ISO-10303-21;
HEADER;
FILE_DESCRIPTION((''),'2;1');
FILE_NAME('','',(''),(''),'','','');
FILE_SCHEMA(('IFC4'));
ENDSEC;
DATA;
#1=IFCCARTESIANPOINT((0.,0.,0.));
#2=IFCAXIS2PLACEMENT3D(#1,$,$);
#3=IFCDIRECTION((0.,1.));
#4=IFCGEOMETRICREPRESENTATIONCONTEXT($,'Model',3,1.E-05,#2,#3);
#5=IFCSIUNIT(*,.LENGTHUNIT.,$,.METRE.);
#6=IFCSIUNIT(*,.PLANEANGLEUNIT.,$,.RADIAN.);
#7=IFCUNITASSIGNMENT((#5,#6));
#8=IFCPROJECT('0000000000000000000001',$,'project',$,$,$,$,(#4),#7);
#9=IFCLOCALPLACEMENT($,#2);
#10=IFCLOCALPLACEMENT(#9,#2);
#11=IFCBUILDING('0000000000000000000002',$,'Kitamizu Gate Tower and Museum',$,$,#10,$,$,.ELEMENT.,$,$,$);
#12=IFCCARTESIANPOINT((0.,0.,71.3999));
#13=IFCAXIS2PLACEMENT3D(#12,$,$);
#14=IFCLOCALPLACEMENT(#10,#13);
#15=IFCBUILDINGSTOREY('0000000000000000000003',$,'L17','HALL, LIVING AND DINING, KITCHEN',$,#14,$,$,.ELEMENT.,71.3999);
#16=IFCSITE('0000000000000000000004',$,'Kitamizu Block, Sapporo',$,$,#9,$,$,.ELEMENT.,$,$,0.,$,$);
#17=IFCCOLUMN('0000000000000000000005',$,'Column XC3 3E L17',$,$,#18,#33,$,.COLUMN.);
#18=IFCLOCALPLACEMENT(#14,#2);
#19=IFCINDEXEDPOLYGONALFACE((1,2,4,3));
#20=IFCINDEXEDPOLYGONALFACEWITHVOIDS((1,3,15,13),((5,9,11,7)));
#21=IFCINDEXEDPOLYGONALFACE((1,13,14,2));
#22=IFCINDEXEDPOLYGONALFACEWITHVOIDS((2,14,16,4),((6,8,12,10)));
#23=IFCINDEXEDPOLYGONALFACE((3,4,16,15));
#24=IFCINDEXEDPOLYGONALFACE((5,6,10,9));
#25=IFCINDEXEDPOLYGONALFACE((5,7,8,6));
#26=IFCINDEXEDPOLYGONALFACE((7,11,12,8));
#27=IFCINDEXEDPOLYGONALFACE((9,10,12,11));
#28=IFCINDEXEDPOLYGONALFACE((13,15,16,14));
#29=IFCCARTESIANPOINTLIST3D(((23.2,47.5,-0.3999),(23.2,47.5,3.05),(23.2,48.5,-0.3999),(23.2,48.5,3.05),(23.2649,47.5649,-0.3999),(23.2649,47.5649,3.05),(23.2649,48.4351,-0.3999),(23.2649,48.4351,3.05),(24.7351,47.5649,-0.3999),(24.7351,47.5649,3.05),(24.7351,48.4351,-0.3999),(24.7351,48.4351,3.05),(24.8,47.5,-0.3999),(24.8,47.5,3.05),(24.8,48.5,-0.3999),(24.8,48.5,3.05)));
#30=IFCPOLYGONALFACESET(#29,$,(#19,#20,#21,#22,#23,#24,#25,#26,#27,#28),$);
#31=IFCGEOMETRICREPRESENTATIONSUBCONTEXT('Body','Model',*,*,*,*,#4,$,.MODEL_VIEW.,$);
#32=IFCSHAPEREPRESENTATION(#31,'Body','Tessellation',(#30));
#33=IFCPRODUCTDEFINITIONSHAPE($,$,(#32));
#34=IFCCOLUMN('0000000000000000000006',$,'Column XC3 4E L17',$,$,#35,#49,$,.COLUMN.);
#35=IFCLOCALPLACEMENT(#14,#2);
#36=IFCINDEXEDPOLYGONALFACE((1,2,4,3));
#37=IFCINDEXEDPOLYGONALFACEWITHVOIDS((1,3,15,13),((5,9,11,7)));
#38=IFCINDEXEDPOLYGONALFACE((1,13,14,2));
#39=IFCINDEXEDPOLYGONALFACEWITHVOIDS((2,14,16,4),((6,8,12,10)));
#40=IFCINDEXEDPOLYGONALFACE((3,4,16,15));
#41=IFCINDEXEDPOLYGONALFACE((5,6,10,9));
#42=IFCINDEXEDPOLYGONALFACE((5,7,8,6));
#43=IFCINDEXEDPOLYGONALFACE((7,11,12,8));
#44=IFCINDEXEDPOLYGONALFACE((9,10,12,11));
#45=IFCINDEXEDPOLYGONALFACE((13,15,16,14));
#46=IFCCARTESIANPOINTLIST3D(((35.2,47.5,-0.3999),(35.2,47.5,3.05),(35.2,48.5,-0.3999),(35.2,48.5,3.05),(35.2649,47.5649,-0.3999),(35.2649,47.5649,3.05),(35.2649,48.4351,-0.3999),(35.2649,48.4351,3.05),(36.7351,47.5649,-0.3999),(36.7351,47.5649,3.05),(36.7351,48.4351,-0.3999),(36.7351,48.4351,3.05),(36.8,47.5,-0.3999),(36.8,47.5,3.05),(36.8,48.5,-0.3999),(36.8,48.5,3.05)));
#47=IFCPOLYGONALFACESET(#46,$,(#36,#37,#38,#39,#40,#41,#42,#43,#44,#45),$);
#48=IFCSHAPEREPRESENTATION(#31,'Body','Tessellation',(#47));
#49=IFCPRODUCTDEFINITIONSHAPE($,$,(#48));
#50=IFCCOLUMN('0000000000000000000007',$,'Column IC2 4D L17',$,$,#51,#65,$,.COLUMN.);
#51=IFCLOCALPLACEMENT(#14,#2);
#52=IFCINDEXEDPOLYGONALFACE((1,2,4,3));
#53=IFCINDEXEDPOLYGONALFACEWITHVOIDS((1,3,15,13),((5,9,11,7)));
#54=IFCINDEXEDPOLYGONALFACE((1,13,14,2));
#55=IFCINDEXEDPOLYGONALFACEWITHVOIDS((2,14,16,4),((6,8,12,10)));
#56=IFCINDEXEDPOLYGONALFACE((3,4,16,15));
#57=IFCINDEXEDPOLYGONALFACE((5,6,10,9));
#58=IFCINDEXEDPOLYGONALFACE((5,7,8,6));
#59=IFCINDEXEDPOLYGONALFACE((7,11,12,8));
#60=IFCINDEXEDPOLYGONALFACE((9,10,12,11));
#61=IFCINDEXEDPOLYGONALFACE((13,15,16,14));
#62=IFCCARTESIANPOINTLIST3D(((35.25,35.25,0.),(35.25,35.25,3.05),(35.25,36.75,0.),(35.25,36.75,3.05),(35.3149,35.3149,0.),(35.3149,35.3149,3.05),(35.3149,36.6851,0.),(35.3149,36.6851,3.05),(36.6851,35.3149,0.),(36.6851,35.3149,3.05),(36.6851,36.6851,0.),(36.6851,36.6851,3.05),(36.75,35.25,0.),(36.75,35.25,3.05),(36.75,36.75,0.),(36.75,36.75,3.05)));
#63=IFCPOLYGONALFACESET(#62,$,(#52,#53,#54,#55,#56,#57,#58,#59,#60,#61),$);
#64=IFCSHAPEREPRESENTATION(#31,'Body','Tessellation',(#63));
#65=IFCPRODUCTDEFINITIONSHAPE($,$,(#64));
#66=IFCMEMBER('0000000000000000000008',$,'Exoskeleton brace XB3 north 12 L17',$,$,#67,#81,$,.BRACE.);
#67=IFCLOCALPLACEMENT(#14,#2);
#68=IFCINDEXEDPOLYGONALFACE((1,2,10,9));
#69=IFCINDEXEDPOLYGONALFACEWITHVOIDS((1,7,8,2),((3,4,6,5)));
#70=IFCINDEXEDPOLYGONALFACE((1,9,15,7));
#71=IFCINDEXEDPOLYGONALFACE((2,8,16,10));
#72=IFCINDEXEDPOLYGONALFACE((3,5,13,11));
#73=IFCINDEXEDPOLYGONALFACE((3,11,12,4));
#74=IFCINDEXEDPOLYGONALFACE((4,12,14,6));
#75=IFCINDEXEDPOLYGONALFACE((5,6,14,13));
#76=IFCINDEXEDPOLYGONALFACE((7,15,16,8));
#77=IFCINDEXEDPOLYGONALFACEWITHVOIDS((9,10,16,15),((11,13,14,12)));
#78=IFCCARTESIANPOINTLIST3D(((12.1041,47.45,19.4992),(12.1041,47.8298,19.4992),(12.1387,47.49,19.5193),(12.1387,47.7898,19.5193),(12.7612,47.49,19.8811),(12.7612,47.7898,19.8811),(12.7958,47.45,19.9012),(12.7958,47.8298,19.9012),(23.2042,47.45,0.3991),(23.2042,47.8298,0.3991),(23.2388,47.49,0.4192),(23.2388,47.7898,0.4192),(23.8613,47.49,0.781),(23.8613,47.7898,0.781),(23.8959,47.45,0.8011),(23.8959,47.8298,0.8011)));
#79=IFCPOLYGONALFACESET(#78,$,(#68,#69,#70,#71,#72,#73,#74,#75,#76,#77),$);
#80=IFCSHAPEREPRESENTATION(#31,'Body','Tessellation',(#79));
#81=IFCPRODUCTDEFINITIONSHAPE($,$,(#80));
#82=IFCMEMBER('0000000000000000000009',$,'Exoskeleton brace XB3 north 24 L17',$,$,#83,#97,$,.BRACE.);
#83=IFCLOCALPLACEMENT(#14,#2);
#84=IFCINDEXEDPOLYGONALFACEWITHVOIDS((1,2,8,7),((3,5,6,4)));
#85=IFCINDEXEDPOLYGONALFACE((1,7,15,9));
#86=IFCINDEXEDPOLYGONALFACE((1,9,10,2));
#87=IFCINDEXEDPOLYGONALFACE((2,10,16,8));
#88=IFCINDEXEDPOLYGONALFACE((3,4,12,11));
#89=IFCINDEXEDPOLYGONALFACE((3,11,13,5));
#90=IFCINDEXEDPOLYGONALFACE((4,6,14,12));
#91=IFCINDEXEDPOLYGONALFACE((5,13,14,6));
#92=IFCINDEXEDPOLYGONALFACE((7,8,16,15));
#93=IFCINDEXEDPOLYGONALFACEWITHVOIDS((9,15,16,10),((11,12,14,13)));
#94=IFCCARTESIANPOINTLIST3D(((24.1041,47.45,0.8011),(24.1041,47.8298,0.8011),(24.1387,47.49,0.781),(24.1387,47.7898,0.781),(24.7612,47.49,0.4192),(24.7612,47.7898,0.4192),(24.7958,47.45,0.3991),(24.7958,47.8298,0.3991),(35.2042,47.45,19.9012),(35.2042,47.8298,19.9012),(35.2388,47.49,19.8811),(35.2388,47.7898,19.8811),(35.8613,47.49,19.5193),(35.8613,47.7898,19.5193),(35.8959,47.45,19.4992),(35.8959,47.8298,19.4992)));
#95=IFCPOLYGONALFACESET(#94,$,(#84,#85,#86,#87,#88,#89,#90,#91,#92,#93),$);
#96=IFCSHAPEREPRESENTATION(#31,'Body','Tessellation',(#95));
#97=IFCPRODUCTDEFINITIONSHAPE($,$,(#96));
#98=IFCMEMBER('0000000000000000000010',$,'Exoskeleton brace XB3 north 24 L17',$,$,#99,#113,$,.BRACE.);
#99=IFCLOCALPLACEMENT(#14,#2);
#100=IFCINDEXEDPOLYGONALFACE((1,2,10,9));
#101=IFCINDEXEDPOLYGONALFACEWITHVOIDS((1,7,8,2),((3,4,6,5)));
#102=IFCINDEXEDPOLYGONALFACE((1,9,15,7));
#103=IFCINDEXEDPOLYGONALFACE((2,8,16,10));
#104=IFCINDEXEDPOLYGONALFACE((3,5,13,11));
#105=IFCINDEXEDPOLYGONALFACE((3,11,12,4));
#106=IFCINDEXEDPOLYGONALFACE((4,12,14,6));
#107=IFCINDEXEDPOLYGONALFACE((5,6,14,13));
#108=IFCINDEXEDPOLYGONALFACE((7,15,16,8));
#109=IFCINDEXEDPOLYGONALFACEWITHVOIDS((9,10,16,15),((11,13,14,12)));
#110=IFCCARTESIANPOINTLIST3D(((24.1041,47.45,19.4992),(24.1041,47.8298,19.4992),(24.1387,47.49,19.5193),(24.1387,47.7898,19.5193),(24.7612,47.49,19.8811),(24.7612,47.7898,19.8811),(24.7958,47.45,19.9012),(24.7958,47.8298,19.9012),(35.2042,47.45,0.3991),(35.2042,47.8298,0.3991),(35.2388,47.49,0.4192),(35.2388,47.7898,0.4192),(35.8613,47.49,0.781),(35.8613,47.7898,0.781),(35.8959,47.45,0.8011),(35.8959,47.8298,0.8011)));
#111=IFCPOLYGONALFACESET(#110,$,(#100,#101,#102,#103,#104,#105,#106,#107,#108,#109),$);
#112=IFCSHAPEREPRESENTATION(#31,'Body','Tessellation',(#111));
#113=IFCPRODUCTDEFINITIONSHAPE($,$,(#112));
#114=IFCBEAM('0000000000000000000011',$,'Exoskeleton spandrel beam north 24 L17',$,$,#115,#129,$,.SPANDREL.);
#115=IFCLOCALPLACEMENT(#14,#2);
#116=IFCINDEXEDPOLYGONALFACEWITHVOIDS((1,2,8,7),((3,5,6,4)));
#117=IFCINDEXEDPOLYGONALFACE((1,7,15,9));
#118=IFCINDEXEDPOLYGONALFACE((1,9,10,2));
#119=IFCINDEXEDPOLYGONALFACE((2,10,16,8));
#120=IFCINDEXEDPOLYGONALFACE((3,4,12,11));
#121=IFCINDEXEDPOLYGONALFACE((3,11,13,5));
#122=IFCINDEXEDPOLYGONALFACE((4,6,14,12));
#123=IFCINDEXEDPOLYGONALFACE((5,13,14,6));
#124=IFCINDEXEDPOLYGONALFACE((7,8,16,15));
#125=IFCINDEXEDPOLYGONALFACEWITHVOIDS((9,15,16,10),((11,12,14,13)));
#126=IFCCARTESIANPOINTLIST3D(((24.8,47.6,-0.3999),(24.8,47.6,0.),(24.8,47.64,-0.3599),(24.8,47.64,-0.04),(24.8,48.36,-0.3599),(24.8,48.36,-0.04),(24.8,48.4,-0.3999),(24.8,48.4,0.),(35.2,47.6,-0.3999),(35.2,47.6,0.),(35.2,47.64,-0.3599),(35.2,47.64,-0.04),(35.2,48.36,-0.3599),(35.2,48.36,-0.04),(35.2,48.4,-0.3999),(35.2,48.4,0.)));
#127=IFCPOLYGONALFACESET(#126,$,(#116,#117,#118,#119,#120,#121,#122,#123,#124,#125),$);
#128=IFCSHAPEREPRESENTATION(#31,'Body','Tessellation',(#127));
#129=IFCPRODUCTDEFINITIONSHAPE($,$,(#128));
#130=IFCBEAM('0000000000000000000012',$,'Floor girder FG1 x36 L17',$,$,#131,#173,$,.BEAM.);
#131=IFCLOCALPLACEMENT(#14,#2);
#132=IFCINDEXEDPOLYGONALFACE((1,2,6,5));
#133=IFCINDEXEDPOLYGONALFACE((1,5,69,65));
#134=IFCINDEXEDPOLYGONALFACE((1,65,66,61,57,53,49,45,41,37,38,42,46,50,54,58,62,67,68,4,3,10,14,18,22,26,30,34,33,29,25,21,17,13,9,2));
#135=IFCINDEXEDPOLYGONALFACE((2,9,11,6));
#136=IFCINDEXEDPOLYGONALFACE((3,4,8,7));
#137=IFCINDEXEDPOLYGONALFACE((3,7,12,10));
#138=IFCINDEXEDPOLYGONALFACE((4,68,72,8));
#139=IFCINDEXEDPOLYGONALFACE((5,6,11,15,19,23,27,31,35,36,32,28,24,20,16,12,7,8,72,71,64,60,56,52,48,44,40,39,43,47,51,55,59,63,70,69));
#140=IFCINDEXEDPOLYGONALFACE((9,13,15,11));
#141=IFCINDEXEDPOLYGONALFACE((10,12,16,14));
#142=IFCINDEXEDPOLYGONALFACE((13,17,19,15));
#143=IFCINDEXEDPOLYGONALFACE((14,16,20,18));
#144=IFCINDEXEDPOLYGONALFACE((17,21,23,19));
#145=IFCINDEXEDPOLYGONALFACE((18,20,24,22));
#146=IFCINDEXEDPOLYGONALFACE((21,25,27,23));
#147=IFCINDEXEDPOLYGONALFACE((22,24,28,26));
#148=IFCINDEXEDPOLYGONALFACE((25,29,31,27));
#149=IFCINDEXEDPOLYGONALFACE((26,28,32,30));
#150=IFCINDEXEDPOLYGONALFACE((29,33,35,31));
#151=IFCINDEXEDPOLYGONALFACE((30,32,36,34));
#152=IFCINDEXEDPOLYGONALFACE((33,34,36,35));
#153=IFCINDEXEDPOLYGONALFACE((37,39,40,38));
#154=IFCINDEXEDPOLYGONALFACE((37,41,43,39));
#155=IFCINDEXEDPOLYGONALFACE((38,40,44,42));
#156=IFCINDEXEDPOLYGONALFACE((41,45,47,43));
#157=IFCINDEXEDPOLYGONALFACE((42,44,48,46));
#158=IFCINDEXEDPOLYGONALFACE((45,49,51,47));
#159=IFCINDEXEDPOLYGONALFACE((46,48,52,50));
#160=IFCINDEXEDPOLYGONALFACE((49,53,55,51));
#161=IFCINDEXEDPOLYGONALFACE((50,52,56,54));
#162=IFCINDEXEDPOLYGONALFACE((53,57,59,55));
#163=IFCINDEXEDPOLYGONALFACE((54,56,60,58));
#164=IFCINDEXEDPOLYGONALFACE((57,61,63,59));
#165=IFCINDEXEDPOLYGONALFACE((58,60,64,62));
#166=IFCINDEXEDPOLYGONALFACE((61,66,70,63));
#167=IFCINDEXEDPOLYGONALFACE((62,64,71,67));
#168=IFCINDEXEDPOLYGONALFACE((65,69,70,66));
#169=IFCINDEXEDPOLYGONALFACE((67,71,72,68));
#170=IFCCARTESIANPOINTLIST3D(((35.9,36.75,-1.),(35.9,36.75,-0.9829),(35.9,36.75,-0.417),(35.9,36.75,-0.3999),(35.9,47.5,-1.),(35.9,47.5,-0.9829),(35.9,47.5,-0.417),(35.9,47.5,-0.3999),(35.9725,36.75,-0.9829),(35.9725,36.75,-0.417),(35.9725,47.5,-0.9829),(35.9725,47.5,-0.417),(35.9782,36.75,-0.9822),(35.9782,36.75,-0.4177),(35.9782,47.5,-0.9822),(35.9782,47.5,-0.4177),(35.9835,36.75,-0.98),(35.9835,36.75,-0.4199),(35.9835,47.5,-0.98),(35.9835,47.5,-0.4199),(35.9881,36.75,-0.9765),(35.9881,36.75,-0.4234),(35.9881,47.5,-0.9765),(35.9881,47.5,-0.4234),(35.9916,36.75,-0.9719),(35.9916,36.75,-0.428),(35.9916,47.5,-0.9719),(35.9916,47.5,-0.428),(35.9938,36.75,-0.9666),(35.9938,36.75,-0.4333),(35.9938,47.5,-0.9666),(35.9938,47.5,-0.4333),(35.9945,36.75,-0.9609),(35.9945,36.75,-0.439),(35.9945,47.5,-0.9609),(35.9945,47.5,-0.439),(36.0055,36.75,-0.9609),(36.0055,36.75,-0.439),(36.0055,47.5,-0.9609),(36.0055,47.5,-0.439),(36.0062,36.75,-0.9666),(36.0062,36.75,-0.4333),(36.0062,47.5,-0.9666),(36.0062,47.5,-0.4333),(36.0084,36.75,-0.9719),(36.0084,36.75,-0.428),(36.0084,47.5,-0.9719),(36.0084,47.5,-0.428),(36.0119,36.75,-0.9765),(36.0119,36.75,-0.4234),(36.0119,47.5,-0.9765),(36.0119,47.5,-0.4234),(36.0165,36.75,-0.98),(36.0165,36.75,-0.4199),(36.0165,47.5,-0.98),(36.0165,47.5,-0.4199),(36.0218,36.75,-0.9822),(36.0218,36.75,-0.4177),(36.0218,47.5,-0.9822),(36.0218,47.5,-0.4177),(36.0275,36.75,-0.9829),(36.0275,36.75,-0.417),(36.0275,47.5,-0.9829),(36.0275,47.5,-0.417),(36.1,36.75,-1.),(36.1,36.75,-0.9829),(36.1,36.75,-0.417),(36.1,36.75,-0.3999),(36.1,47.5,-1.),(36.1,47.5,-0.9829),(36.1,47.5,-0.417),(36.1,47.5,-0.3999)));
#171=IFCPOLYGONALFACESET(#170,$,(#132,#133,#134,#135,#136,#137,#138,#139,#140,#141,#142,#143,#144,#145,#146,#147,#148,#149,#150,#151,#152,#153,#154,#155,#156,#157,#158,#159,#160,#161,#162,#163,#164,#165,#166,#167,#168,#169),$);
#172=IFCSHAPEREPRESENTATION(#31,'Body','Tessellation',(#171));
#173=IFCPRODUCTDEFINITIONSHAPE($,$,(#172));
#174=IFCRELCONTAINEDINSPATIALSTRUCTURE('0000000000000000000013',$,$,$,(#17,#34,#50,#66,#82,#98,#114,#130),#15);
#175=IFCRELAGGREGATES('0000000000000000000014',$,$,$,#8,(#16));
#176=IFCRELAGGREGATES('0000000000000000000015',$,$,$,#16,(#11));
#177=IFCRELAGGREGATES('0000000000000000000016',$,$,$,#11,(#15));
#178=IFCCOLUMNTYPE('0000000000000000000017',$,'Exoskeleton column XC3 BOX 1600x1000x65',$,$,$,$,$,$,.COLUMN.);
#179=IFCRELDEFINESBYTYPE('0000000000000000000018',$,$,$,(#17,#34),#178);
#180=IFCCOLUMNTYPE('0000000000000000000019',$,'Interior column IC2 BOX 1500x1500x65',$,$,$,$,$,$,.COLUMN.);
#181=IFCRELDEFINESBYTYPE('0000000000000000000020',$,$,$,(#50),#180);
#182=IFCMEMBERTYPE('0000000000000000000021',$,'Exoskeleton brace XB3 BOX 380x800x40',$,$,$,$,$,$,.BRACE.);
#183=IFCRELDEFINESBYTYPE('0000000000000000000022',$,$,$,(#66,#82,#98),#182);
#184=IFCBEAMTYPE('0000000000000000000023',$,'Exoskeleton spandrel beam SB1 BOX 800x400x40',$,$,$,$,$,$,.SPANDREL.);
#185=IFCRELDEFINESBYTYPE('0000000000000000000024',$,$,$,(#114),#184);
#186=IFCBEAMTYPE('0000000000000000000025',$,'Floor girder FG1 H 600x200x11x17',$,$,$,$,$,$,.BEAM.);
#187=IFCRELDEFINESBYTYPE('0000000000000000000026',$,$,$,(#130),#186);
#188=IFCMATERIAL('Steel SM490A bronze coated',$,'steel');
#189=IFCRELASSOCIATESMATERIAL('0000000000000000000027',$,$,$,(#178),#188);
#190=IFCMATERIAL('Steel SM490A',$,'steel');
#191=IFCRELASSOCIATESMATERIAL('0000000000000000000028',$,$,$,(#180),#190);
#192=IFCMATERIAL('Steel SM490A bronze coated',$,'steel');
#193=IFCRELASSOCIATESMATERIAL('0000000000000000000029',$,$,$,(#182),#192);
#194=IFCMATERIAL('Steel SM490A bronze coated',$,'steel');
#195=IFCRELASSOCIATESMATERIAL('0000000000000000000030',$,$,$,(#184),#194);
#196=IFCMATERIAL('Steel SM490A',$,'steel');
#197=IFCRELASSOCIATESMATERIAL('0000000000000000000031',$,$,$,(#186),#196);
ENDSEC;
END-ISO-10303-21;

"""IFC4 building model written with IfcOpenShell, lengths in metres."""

from ifc_helpers import new_model, si_unit, direction, frame, origin, origin_2d, place, context, subcontext, project, spatial, hollow_rectangle, i_section, extrude, material, material_profile, profile_set, type_object, element, save


model = new_model("IFC4")

# Units and contexts
model_context = context("Model", 3, precision=1e-05, world=origin(), true_north=direction((0.0, 1.0)))
body_context = subcontext(model_context, "Body", "Model", "MODEL_VIEW")
ifc_project = project(units=[si_unit("LENGTHUNIT", "METRE"), si_unit("PLANEANGLEUNIT", "RADIAN")], contexts=[model_context])

# Site, building, storey
site_placement = place(None, origin())
site = spatial("IfcSite", under=ifc_project, at=site_placement, Name="Kitamizu Block, Sapporo", CompositionType="ELEMENT", RefElevation=0.0)
building_placement = place(site_placement, origin())
building = spatial("IfcBuilding", under=site, at=building_placement, Name="Kitamizu Gate Tower and Museum", CompositionType="ELEMENT")
storey_placement = place(building_placement, frame((0.0, 0.0, 71.3999)))
storey = spatial("IfcBuildingStorey", under=building, at=storey_placement, Name="L17", Description="HALL, LIVING AND DINING, KITCHEN", CompositionType="ELEMENT", Elevation=71.3999)

# Columns
ifc_material_1 = material(Name="Steel SM490A bronze coated", Category="steel")
ifc_material_profile_1 = material_profile(ifc_material_1, hollow_rectangle(XDim=1.6001, YDim=1.0, WallThickness=0.0649, at=origin_2d()), Name="BOX 1600x1000x65")
ifc_profile_set_1 = profile_set([ifc_material_profile_1], Name="Steel SM490A bronze coated")
column_type_1 = type_object("IfcColumnType", Name="Exoskeleton column XC3 BOX 1600x1000x65", PredefinedType="COLUMN", material=ifc_profile_set_1)
for number, where, z_axis, x_axis, name in (
    (1, (24.0, 48.0, -0.3999), (0.0, 0.0, 1.0), (1.0, 0.0, 0.0), "Column XC3 3E L17"),
    (2, (36.0, 48.0, -0.3999), (0.0, 0.0, 1.0), (1.0, 0.0, 0.0), "Column XC3 4E L17"),
):
    element("IfcColumn", number, at=place(storey_placement, frame(where, z_axis=z_axis, x_axis=x_axis)), inside=storey, type_object=column_type_1, Name=name, PredefinedType="COLUMN", context=body_context, shape_type="SweptSolid", body=[
        extrude(hollow_rectangle(XDim=1.6001, YDim=1.0, WallThickness=0.0649, at=origin_2d()), origin(), (0.0, 0.0, 1.0), 3.45),
    ])
ifc_material_2 = material(Name="Steel SM490A", Category="steel")
ifc_material_profile_2 = material_profile(ifc_material_2, hollow_rectangle(XDim=1.5, YDim=1.5, WallThickness=0.0649, at=origin_2d()), Name="BOX 1500x1500x65")
ifc_profile_set_2 = profile_set([ifc_material_profile_2], Name="Steel SM490A")
column_type_2 = type_object("IfcColumnType", Name="Interior column IC2 BOX 1500x1500x65", PredefinedType="COLUMN", material=ifc_profile_set_2)
column_placement = place(storey_placement, frame((36.0, 36.0, 0.0), z_axis=(0.0, 0.0, 1.0), x_axis=(1.0, 0.0, 0.0)))
element("IfcColumn", 3, at=column_placement, inside=storey, type_object=column_type_2, Name="Column IC2 4D L17", PredefinedType="COLUMN", context=body_context, shape_type="SweptSolid", body=[
    extrude(hollow_rectangle(XDim=1.5, YDim=1.5, WallThickness=0.0649, at=origin_2d()), origin(), (0.0, 0.0, 1.0), 3.05),
])

# Members
ifc_material_3 = material(Name="Steel SM490A bronze coated", Category="steel")
ifc_material_profile_3 = material_profile(ifc_material_3, hollow_rectangle(XDim=0.3799, YDim=0.8, WallThickness=0.04, at=origin_2d()), Name="BOX 380x800x40")
ifc_profile_set_3 = profile_set([ifc_material_profile_3], Name="Steel SM490A bronze coated")
member_type = type_object("IfcMemberType", Name="Exoskeleton brace XB3 BOX 380x800x40", PredefinedType="BRACE", material=ifc_profile_set_3)
for number, where, z_axis, x_axis, name in (
    (4, (23.55, 47.6399, 0.6001), (-0.502464, 0.0, 0.864598), (0.0, -1.0, 0.0), "Exoskeleton brace XB3 north 12 L17"),
    (5, (24.45, 47.6399, 0.6001), (0.502464, 0.0, 0.864598), (0.0, 1.0, 0.0), "Exoskeleton brace XB3 north 24 L17"),
    (6, (35.55, 47.6399, 0.6001), (-0.502464, 0.0, 0.864598), (0.0, -1.0, 0.0), "Exoskeleton brace XB3 north 24 L17"),
):
    element("IfcMember", number, at=place(storey_placement, frame(where, z_axis=z_axis, x_axis=x_axis)), inside=storey, type_object=member_type, Name=name, PredefinedType="BRACE", context=body_context, shape_type="SweptSolid", body=[
        extrude(hollow_rectangle(XDim=0.3799, YDim=0.8, WallThickness=0.04, at=origin_2d()), origin(), (0.0, 0.0, 1.0), 22.0913),
    ])

# Beams
ifc_material_4 = material(Name="Steel SM490A bronze coated", Category="steel")
ifc_material_profile_4 = material_profile(ifc_material_4, hollow_rectangle(XDim=0.8, YDim=0.3999, WallThickness=0.04, at=origin_2d()), Name="BOX 800x400x40")
ifc_profile_set_4 = profile_set([ifc_material_profile_4], Name="Steel SM490A bronze coated")
beam_type_1 = type_object("IfcBeamType", Name="Exoskeleton spandrel beam SB1 BOX 800x400x40", PredefinedType="SPANDREL", material=ifc_profile_set_4)
beam_1_placement = place(storey_placement, frame((24.8, 48.0, -0.2), z_axis=(1.0, 0.0, 0.0), x_axis=(0.0, 1.0, 0.0)))
element("IfcBeam", 7, at=beam_1_placement, inside=storey, type_object=beam_type_1, Name="Exoskeleton spandrel beam north 24 L17", PredefinedType="SPANDREL", context=body_context, shape_type="SweptSolid", body=[
    extrude(hollow_rectangle(XDim=0.8, YDim=0.3999, WallThickness=0.04, at=origin_2d()), origin(), (0.0, 0.0, 1.0), 10.3999),
])
ifc_material_5 = material(Name="Steel SM490A", Category="steel")
ifc_material_profile_5 = material_profile(ifc_material_5, i_section(OverallWidth=0.2, OverallDepth=0.6001, WebThickness=0.011, FlangeThickness=0.0171, FilletRadius=0.022, at=origin_2d()), Name="H-600x200x11x17")
ifc_profile_set_5 = profile_set([ifc_material_profile_5], Name="Steel SM490A")
beam_type_2 = type_object("IfcBeamType", Name="Floor girder FG1 H 600x200x11x17", PredefinedType="BEAM", material=ifc_profile_set_5)
beam_2_placement = place(storey_placement, frame((36.0, 36.75, -0.7), z_axis=(0.0, 1.0, 0.0), x_axis=(-1.0, 0.0, 0.0)))
element("IfcBeam", 8, at=beam_2_placement, inside=storey, type_object=beam_type_2, Name="Floor girder FG1 x36 L17", PredefinedType="BEAM", context=body_context, shape_type="SweptSolid", body=[
    extrude(i_section(OverallWidth=0.2, OverallDepth=0.6001, WebThickness=0.011, FlangeThickness=0.0171, FilletRadius=0.022, at=origin_2d()), origin(), (0.0, 0.0, 1.0), 10.75),
])

save(model, "model.ifc")
